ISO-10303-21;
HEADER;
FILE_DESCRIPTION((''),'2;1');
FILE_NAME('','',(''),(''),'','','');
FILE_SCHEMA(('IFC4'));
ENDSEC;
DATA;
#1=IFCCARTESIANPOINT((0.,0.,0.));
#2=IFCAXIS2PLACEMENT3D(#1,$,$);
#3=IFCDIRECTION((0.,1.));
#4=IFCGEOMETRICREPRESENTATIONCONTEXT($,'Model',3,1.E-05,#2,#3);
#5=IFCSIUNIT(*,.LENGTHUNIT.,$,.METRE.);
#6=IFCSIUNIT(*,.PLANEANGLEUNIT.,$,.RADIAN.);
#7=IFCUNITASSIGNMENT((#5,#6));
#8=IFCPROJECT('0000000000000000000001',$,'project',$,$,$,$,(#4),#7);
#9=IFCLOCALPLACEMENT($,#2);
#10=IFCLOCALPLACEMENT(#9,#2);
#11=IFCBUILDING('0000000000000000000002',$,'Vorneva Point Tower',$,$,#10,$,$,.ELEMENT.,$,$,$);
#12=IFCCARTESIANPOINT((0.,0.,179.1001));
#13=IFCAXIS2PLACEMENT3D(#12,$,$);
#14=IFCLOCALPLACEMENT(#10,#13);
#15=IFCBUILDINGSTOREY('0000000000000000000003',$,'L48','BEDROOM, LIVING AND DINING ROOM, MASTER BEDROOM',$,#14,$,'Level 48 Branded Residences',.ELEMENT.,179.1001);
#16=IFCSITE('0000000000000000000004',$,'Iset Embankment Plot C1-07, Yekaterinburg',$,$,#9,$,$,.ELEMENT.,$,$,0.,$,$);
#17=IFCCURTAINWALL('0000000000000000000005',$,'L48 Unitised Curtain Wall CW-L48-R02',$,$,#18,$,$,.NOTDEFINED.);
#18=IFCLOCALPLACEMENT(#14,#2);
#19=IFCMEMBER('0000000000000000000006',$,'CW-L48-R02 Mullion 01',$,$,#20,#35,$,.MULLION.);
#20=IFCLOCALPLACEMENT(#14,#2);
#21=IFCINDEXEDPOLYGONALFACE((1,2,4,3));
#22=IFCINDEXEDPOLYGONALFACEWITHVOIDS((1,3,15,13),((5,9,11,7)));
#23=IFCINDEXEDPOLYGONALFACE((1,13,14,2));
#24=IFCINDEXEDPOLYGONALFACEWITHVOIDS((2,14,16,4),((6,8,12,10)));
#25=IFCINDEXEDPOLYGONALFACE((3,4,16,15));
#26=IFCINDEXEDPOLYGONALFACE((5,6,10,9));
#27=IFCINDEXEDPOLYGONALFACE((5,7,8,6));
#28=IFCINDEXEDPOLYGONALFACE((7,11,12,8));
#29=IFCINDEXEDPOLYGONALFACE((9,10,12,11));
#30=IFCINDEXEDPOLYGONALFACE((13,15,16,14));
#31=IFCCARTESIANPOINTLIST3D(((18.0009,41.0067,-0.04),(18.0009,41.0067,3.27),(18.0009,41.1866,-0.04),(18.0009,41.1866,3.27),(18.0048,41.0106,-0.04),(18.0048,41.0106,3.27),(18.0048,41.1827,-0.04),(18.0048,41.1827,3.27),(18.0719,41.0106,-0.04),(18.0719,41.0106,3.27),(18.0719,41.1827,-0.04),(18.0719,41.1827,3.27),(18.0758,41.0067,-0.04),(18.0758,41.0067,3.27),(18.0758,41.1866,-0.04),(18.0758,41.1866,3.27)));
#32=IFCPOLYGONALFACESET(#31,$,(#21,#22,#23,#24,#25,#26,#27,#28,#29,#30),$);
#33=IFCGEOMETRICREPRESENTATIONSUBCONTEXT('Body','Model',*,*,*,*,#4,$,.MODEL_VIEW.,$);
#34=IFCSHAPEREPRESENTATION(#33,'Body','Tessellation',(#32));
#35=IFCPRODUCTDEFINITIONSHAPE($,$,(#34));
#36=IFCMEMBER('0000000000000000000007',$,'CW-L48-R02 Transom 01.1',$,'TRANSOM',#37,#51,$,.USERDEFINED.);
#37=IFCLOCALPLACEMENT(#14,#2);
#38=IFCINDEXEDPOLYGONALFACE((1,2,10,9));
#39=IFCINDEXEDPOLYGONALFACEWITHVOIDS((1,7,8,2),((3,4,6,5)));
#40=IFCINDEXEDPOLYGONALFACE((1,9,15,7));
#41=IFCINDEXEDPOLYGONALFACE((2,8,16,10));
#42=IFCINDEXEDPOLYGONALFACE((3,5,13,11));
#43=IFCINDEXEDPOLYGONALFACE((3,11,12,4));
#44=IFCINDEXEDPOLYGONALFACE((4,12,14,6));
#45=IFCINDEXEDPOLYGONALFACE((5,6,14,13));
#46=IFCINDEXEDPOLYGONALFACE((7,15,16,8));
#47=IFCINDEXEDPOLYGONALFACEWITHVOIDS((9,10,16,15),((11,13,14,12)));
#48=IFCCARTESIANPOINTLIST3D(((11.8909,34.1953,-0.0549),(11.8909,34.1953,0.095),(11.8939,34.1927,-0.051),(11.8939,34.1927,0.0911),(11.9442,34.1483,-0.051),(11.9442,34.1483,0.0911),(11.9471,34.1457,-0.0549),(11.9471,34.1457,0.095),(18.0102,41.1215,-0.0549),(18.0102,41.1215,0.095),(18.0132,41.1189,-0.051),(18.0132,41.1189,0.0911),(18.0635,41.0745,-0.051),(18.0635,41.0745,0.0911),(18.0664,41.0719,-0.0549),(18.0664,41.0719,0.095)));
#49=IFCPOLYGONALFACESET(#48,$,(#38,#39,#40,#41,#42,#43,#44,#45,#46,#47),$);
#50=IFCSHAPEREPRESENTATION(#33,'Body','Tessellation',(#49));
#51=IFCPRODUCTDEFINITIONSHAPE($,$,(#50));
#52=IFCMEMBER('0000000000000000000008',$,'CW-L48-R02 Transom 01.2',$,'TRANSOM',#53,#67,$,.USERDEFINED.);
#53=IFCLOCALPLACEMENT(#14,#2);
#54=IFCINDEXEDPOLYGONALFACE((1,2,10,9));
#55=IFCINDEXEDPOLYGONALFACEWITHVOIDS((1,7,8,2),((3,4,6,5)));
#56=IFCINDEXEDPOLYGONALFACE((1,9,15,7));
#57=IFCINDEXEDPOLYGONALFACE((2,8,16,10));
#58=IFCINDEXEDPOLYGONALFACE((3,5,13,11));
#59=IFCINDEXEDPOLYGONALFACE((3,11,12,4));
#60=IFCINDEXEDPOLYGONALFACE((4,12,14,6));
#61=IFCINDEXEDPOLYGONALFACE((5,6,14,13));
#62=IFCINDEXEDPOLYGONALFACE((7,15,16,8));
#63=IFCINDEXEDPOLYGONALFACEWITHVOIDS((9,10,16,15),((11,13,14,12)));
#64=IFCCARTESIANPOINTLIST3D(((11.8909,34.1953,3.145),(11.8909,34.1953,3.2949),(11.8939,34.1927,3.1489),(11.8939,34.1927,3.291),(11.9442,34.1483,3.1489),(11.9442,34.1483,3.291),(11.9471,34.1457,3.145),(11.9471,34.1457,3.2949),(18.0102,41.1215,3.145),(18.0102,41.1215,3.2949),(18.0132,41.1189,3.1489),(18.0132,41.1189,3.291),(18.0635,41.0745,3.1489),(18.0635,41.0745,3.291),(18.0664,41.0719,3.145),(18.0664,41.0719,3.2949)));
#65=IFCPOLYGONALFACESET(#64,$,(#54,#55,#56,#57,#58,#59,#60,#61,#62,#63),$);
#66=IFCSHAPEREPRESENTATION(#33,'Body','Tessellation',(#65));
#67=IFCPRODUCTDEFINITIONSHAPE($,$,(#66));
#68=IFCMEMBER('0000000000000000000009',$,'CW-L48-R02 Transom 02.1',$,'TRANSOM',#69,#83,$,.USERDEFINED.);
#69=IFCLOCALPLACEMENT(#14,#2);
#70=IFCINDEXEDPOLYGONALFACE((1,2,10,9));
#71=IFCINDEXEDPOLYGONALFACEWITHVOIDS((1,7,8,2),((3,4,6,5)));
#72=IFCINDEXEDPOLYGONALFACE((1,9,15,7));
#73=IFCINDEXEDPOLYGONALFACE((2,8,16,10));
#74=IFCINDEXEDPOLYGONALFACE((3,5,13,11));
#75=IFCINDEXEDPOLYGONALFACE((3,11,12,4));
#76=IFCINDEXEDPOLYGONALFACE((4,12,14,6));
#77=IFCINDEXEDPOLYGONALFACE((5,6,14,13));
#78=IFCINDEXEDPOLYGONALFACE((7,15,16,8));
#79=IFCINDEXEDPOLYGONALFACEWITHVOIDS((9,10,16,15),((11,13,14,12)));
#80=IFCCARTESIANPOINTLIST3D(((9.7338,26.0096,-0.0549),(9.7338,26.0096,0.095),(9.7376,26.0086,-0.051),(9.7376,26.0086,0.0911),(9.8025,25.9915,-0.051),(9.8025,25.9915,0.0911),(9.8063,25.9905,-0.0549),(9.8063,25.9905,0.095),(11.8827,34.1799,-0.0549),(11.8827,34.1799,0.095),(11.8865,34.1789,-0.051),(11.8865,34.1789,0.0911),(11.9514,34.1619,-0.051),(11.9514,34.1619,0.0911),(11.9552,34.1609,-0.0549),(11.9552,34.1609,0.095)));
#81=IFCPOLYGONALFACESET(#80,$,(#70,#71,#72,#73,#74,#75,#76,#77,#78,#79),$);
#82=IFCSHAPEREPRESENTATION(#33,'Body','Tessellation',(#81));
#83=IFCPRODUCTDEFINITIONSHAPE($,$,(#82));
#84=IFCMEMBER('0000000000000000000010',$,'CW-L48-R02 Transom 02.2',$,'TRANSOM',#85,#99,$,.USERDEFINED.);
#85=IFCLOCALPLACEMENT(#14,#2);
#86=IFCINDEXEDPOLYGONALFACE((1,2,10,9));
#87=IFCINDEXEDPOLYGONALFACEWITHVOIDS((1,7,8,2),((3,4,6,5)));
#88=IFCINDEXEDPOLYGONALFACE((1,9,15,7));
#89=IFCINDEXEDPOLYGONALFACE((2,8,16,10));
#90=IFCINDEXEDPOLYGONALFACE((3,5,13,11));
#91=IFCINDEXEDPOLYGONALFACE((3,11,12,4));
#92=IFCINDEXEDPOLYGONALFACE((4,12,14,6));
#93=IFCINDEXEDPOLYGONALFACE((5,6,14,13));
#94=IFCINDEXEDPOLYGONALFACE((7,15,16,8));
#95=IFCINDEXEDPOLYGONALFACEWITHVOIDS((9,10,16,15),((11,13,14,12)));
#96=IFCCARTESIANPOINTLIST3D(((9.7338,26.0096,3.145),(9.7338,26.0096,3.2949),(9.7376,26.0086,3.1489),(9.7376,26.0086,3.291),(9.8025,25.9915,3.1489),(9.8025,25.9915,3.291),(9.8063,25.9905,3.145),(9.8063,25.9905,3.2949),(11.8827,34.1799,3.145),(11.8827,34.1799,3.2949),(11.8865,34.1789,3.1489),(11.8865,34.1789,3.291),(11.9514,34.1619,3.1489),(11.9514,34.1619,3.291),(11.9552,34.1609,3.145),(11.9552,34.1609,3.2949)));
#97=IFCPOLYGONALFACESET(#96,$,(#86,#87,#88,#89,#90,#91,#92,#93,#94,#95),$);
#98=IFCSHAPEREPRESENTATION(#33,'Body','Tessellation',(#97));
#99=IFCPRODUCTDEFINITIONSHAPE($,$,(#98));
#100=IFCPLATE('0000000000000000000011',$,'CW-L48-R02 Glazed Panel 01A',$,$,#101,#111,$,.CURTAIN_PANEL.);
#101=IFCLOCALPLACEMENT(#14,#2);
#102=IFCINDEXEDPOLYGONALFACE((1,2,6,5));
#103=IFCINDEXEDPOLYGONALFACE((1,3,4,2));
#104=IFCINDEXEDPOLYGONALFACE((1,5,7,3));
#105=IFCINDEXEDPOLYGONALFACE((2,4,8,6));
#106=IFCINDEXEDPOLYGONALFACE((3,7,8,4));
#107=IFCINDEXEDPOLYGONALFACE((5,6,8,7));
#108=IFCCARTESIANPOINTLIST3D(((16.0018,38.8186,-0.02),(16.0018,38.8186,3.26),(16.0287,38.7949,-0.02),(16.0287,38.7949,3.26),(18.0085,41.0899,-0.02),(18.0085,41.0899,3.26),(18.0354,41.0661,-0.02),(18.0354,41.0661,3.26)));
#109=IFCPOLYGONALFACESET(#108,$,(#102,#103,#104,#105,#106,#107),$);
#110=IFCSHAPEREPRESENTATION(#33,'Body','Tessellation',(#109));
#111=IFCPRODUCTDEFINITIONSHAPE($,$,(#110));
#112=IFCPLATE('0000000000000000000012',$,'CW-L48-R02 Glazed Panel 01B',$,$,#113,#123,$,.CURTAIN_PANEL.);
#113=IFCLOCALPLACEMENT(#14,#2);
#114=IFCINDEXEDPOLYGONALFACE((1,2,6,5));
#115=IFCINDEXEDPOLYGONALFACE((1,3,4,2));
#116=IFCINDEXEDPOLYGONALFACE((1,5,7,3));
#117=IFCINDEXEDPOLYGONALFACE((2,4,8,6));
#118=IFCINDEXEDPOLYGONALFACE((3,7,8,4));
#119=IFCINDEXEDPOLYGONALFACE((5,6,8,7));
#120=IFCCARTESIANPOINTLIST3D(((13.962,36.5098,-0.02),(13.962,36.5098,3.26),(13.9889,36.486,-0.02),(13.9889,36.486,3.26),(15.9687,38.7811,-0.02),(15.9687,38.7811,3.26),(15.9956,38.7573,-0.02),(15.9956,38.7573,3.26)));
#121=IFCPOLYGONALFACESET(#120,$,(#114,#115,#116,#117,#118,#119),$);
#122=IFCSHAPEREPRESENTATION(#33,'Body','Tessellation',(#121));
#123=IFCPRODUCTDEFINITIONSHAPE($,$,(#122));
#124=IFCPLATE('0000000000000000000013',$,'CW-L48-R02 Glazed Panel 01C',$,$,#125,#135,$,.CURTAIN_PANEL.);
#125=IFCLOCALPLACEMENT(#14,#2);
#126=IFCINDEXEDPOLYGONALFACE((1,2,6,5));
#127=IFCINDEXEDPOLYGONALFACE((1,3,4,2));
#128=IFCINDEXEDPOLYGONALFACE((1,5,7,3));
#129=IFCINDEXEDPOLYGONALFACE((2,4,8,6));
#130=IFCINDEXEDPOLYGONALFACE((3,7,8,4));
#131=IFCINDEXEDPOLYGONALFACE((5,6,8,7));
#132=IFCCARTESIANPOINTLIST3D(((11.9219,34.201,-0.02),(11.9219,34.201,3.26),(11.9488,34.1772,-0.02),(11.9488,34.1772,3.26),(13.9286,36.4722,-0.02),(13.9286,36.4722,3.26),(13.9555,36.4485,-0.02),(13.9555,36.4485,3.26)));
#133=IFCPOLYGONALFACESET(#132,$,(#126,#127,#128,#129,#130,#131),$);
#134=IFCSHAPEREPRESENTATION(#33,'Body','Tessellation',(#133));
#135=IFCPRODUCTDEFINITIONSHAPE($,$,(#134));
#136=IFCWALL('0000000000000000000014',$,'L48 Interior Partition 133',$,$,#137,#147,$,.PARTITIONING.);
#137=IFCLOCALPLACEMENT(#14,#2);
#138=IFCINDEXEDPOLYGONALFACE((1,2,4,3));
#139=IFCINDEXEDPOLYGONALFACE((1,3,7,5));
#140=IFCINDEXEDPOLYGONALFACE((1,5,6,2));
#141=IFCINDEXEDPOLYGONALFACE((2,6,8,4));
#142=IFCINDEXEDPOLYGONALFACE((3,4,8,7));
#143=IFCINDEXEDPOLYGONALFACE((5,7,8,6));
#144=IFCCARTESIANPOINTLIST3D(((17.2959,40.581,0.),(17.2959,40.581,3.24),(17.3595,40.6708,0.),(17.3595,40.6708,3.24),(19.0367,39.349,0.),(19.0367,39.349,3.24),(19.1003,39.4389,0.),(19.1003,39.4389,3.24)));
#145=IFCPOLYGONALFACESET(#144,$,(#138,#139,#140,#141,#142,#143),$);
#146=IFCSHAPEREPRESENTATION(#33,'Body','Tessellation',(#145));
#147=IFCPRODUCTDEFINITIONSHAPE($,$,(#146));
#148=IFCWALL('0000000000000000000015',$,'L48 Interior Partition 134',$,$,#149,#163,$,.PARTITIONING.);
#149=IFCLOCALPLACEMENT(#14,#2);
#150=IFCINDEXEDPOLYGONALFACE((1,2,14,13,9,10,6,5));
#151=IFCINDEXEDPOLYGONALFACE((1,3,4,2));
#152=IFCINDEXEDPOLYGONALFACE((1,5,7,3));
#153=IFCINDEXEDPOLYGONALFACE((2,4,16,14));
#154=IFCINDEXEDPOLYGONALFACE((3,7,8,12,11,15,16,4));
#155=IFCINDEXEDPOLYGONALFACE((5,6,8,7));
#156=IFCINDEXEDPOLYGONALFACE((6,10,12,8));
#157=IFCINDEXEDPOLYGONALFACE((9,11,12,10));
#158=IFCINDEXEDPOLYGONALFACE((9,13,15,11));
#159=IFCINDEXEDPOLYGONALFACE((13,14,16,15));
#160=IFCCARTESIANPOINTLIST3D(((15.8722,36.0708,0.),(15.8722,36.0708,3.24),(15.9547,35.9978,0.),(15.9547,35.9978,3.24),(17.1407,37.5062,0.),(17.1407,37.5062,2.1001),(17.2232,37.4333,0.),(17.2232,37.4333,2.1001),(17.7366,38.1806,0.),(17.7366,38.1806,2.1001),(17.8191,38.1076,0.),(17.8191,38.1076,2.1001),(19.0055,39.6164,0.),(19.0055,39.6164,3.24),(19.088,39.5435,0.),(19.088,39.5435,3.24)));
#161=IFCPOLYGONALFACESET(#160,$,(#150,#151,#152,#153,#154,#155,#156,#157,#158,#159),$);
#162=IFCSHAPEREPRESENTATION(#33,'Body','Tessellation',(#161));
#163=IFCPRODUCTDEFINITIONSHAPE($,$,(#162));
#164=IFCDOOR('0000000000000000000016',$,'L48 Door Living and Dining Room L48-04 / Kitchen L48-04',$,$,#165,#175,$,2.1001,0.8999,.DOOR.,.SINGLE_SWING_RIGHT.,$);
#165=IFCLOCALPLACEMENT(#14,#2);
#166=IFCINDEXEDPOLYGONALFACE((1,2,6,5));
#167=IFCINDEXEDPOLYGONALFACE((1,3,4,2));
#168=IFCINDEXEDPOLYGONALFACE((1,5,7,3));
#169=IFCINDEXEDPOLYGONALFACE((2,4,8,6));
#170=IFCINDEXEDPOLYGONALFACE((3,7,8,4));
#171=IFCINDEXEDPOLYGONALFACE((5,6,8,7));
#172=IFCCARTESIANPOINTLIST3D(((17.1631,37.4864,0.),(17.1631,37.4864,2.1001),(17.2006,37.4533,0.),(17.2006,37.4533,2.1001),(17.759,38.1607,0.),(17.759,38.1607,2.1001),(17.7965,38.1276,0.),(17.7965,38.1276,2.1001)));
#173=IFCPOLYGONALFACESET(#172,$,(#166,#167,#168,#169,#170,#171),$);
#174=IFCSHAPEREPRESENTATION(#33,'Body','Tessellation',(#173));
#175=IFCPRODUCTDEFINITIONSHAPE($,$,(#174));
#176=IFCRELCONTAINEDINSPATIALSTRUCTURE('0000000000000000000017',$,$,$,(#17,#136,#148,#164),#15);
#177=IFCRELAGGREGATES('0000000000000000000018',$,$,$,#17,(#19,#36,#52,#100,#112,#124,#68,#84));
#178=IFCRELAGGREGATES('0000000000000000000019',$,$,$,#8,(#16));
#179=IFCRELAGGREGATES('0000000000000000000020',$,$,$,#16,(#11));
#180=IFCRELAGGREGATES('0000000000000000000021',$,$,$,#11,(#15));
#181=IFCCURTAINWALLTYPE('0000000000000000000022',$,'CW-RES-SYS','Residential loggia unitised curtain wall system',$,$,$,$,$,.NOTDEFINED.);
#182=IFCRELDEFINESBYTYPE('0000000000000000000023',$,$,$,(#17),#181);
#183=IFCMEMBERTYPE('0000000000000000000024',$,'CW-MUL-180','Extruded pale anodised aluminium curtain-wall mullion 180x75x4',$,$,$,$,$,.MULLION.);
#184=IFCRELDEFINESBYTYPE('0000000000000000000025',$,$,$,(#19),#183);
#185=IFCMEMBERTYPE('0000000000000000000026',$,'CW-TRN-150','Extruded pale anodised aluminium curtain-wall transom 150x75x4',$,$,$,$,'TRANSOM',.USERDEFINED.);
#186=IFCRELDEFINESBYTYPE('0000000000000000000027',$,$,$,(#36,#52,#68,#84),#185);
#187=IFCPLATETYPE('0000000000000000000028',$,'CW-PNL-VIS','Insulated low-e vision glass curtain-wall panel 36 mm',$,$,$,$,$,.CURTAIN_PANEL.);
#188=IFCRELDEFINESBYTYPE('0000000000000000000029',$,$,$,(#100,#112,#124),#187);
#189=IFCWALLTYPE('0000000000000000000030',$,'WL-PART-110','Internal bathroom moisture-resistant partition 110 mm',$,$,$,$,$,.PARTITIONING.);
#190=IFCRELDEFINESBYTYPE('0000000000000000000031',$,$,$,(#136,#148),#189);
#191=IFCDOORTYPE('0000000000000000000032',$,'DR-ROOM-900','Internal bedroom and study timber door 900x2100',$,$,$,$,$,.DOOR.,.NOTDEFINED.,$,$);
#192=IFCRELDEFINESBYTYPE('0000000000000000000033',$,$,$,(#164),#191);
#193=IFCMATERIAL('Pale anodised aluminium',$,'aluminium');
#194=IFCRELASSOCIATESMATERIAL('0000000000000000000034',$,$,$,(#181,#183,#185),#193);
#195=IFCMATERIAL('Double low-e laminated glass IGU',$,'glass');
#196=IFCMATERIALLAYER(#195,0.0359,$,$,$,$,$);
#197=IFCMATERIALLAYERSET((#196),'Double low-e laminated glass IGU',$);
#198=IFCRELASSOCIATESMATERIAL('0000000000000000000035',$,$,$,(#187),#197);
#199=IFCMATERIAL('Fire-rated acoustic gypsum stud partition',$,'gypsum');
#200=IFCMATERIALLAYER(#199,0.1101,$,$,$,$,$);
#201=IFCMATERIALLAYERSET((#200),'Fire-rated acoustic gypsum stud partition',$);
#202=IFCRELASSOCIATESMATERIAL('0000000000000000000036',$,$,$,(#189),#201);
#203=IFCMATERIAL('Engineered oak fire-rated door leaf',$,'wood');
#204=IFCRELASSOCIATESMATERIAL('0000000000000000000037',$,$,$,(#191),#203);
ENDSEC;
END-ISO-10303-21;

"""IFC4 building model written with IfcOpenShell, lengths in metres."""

from ifc_helpers import new_model, si_unit, direction, frame, frame_2d, origin, origin_2d, place, context, subcontext, project, spatial, rectangle, hollow_rectangle, extrude, material, layer, layer_set, material_profile, profile_set, type_object, element, fill, aggregate, save


model = new_model("IFC4")

# Units and contexts
model_context = context("Model", 3, precision=1e-05, world=origin(), true_north=direction((0.0, 1.0)))
body_context = subcontext(model_context, "Body", "Model", "MODEL_VIEW")
ifc_project = project(units=[si_unit("LENGTHUNIT", "METRE"), si_unit("PLANEANGLEUNIT", "RADIAN")], contexts=[model_context])

# Site, building, storey
site_placement = place(None, origin())
site = spatial("IfcSite", under=ifc_project, at=site_placement, Name="Iset Embankment Plot C1-07, Yekaterinburg", CompositionType="ELEMENT", RefElevation=0.0)
building_placement = place(site_placement, origin())
building = spatial("IfcBuilding", under=site, at=building_placement, Name="Vorneva Point Tower", CompositionType="ELEMENT")
storey_placement = place(building_placement, frame((0.0, 0.0, 179.1001)))
storey = spatial("IfcBuildingStorey", under=building, at=storey_placement, Name="L48", Description="BEDROOM, LIVING AND DINING ROOM, MASTER BEDROOM", LongName="Level 48 Branded Residences", CompositionType="ELEMENT", Elevation=179.1001)

# Curtain wall, members, plates
ifc_material_1 = material(Name="Pale anodised aluminium", Category="aluminium")
curtain_wall_type = type_object("IfcCurtainWallType", Name="CW-RES-SYS", Description="Residential loggia unitised curtain wall system", PredefinedType="NOTDEFINED", material=ifc_material_1)
curtain_wall_placement = place(storey_placement, origin())
curtain_wall = element("IfcCurtainWall", 1, at=curtain_wall_placement, inside=storey, type_object=curtain_wall_type, Name="L48 Unitised Curtain Wall CW-L48-R02", PredefinedType="NOTDEFINED")
ifc_material_profile_1 = material_profile(ifc_material_1, hollow_rectangle(XDim=0.075, YDim=0.1799, WallThickness=0.0039, at=origin_2d()), Name="AL-MUL 180x75x4")
ifc_profile_set_1 = profile_set([ifc_material_profile_1], Name="Pale anodised aluminium")
member_type_1 = type_object("IfcMemberType", Name="CW-MUL-180", Description="Extruded pale anodised aluminium curtain-wall mullion 180x75x4", PredefinedType="MULLION", material=ifc_profile_set_1)
member_1_placement = place(storey_placement, frame((18.0383, 41.0967, -0.04), z_axis=(0.0, 0.0, 1.0), x_axis=(1.0, 0.0, 0.0)))
member_1 = element("IfcMember", 2, at=member_1_placement, type_object=member_type_1, Name="CW-L48-R02 Mullion 01", PredefinedType="MULLION", context=body_context, shape_type="SweptSolid", body=[
    extrude(hollow_rectangle(XDim=0.075, YDim=0.1799, WallThickness=0.0039, at=origin_2d()), origin(), (0.0, 0.0, 1.0), 3.3101),
])
ifc_material_profile_2 = material_profile(ifc_material_1, hollow_rectangle(XDim=0.075, YDim=0.1499, WallThickness=0.0039, at=origin_2d()), Name="AL-TRN 150x75x4")
ifc_profile_set_2 = profile_set([ifc_material_profile_2], Name="Pale anodised aluminium")
member_type_2 = type_object("IfcMemberType", Name="CW-TRN-150", Description="Extruded pale anodised aluminium curtain-wall transom 150x75x4", ElementType="TRANSOM", PredefinedType="USERDEFINED", material=ifc_profile_set_2)
member_2_placement = place(storey_placement, frame((18.0383, 41.0967, 0.02), z_axis=(-0.662106, -0.74941, 0.0), x_axis=(0.74941, -0.662106, 0.0)))
member_2 = element("IfcMember", 3, at=member_2_placement, type_object=member_type_2, Name="CW-L48-R02 Transom 01.1", ObjectType="TRANSOM", PredefinedType="USERDEFINED", context=body_context, shape_type="SweptSolid", body=[
    extrude(hollow_rectangle(XDim=0.075, YDim=0.1499, WallThickness=0.0039, at=origin_2d()), origin(), (0.0, 0.0, 1.0), 9.2422),
])
member_3_placement = place(storey_placement, frame((18.0383, 41.0967, 3.22), z_axis=(-0.662106, -0.74941, 0.0), x_axis=(0.74941, -0.662106, 0.0)))
member_3 = element("IfcMember", 4, at=member_3_placement, type_object=member_type_2, Name="CW-L48-R02 Transom 01.2", ObjectType="TRANSOM", PredefinedType="USERDEFINED", context=body_context, shape_type="SweptSolid", body=[
    extrude(hollow_rectangle(XDim=0.075, YDim=0.1499, WallThickness=0.0039, at=origin_2d()), origin(), (0.0, 0.0, 1.0), 9.2422),
])
member_4_placement = place(storey_placement, frame((11.9189, 34.1704, 0.02), z_axis=(-0.254362, -0.967109, 0.0), x_axis=(0.967109, -0.254362, 0.0)))
member_4 = element("IfcMember", 5, at=member_4_placement, type_object=member_type_2, Name="CW-L48-R02 Transom 02.1", ObjectType="TRANSOM", PredefinedType="USERDEFINED", context=body_context, shape_type="SweptSolid", body=[
    extrude(hollow_rectangle(XDim=0.075, YDim=0.1499, WallThickness=0.0039, at=origin_2d()), origin(), (0.0, 0.0, 1.0), 8.4482),
])
member_5_placement = place(storey_placement, frame((11.9189, 34.1704, 3.22), z_axis=(-0.254362, -0.967109, 0.0), x_axis=(0.967109, -0.254362, 0.0)))
member_5 = element("IfcMember", 6, at=member_5_placement, type_object=member_type_2, Name="CW-L48-R02 Transom 02.2", ObjectType="TRANSOM", PredefinedType="USERDEFINED", context=body_context, shape_type="SweptSolid", body=[
    extrude(hollow_rectangle(XDim=0.075, YDim=0.1499, WallThickness=0.0039, at=origin_2d()), origin(), (0.0, 0.0, 1.0), 8.4482),
])
ifc_material_2 = material(Name="Double low-e laminated glass IGU", Category="glass")
ifc_layer_1 = layer(ifc_material_2, 0.0359)
ifc_layer_set_1 = layer_set([ifc_layer_1], Name="Double low-e laminated glass IGU")
plate_type = type_object("IfcPlateType", Name="CW-PNL-VIS", Description="Insulated low-e vision glass curtain-wall panel 36 mm", PredefinedType="CURTAIN_PANEL", material=ifc_layer_set_1)
plate_1_placement = place(storey_placement, frame((17.0186, 39.9424, -0.02), z_axis=(0.0, 0.0, 1.0), x_axis=(-0.66211, -0.749407, 0.0)))
plate_1 = element("IfcPlate", 7, at=plate_1_placement, type_object=plate_type, Name="CW-L48-R02 Glazed Panel 01A", PredefinedType="CURTAIN_PANEL", context=body_context, shape_type="SweptSolid", body=[
    extrude(rectangle(XDim=3.0308, YDim=0.0359, at=origin_2d()), origin(), (0.0, 0.0, 1.0), 3.28),
])
plate_2_placement = place(storey_placement, frame((14.9788, 37.6335, -0.02), z_axis=(0.0, 0.0, 1.0), x_axis=(-0.66211, -0.749407, 0.0)))
plate_2 = element("IfcPlate", 8, at=plate_2_placement, type_object=plate_type, Name="CW-L48-R02 Glazed Panel 01B", PredefinedType="CURTAIN_PANEL", context=body_context, shape_type="SweptSolid", body=[
    extrude(rectangle(XDim=3.0308, YDim=0.0359, at=origin_2d()), origin(), (0.0, 0.0, 1.0), 3.28),
])
plate_3_placement = place(storey_placement, frame((12.9387, 35.3247, -0.02), z_axis=(0.0, 0.0, 1.0), x_axis=(-0.66211, -0.749407, 0.0)))
plate_3 = element("IfcPlate", 9, at=plate_3_placement, type_object=plate_type, Name="CW-L48-R02 Glazed Panel 01C", PredefinedType="CURTAIN_PANEL", context=body_context, shape_type="SweptSolid", body=[
    extrude(rectangle(XDim=3.0308, YDim=0.0359, at=origin_2d()), origin(), (0.0, 0.0, 1.0), 3.28),
])
aggregate(curtain_wall, [member_1, member_2, member_3, plate_1, plate_2, plate_3, member_4, member_5])

# Wall
ifc_material_3 = material(Name="Fire-rated acoustic gypsum stud partition", Category="gypsum")
ifc_layer_2 = layer(ifc_material_3, 0.1101)
ifc_layer_set_2 = layer_set([ifc_layer_2], Name="Fire-rated acoustic gypsum stud partition")
wall_type_1 = type_object("IfcWallType", Name="WL-PART-110", Description="Internal bathroom moisture-resistant partition 110 mm", PredefinedType="PARTITIONING", material=ifc_layer_set_2)
wall_1_placement = place(storey_placement, frame((17.3276, 40.626, 0.0), z_axis=(0.0, 0.0, 1.0), x_axis=(0.816263, -0.577681, 0.0)))
element("IfcWall", 10, at=wall_1_placement, inside=storey, type_object=wall_type_1, Name="L48 Interior Partition 133", PredefinedType="PARTITIONING", context=body_context, shape_type="SweptSolid", body=[
    extrude(rectangle(XDim=2.1326, YDim=0.1101, at=frame_2d((1.0664, 0.0))), origin(), (0.0, 0.0, 1.0), 3.24),
])

# Wall, opening, door
wall_2_placement = place(storey_placement, frame((19.0466, 39.5798, 0.0), z_axis=(0.0, 0.0, 1.0), x_axis=(-0.66219, -0.749336, 0.0)))
wall_2 = element("IfcWall", 11, at=wall_2_placement, inside=storey, type_object=wall_type_1, Name="L48 Interior Partition 134", PredefinedType="PARTITIONING", context=body_context, shape_type="SweptSolid", body=[
    extrude(rectangle(XDim=4.7317, YDim=0.1101, at=frame_2d((2.3657, 0.0))), origin(), (0.0, 0.0, 1.0), 3.24),
])
opening_1_placement = place(wall_2_placement, frame((1.916, 0.0, 0.0)))
opening_1 = element("IfcOpeningElement", 12, at=opening_1_placement, cuts=wall_2, PredefinedType="OPENING", context=body_context, shape_type="SweptSolid", body=[
    extrude(rectangle(XDim=0.8999, YDim=2.1001, at=frame_2d((0.45, 1.05))), frame((0.0, 0.0698, 0.0), z_axis=(0.0, -1.0, 0.0), x_axis=(1.0, 0.0, 0.0)), (0.0, 0.0, 1.0), 0.1399),
])
ifc_material_4 = material(Name="Engineered oak fire-rated door leaf", Category="wood")
door_type_1 = type_object("IfcDoorType", Name="DR-ROOM-900", Description="Internal bedroom and study timber door 900x2100", OperationType="NOTDEFINED", PredefinedType="DOOR", material=ifc_material_4)
door_1_placement = place(opening_1_placement, origin())
door_1 = element("IfcDoor", 13, at=door_1_placement, inside=storey, type_object=door_type_1, Name="L48 Door Living and Dining Room L48-04 / Kitchen L48-04", OperationType="SINGLE_SWING_RIGHT", OverallHeight=2.1001, OverallWidth=0.8999, PredefinedType="DOOR", context=body_context, shape_type="SweptSolid", body=[
    extrude(rectangle(XDim=0.8999, YDim=2.1001, at=frame_2d((0.45, 1.05))), frame((0.0, 0.0249, 0.0), z_axis=(0.0, -1.0, 0.0), x_axis=(1.0, 0.0, 0.0)), (0.0, 0.0, 1.0), 0.05),
])
fill(opening_1, door_1)

save(model, "model.ifc")
